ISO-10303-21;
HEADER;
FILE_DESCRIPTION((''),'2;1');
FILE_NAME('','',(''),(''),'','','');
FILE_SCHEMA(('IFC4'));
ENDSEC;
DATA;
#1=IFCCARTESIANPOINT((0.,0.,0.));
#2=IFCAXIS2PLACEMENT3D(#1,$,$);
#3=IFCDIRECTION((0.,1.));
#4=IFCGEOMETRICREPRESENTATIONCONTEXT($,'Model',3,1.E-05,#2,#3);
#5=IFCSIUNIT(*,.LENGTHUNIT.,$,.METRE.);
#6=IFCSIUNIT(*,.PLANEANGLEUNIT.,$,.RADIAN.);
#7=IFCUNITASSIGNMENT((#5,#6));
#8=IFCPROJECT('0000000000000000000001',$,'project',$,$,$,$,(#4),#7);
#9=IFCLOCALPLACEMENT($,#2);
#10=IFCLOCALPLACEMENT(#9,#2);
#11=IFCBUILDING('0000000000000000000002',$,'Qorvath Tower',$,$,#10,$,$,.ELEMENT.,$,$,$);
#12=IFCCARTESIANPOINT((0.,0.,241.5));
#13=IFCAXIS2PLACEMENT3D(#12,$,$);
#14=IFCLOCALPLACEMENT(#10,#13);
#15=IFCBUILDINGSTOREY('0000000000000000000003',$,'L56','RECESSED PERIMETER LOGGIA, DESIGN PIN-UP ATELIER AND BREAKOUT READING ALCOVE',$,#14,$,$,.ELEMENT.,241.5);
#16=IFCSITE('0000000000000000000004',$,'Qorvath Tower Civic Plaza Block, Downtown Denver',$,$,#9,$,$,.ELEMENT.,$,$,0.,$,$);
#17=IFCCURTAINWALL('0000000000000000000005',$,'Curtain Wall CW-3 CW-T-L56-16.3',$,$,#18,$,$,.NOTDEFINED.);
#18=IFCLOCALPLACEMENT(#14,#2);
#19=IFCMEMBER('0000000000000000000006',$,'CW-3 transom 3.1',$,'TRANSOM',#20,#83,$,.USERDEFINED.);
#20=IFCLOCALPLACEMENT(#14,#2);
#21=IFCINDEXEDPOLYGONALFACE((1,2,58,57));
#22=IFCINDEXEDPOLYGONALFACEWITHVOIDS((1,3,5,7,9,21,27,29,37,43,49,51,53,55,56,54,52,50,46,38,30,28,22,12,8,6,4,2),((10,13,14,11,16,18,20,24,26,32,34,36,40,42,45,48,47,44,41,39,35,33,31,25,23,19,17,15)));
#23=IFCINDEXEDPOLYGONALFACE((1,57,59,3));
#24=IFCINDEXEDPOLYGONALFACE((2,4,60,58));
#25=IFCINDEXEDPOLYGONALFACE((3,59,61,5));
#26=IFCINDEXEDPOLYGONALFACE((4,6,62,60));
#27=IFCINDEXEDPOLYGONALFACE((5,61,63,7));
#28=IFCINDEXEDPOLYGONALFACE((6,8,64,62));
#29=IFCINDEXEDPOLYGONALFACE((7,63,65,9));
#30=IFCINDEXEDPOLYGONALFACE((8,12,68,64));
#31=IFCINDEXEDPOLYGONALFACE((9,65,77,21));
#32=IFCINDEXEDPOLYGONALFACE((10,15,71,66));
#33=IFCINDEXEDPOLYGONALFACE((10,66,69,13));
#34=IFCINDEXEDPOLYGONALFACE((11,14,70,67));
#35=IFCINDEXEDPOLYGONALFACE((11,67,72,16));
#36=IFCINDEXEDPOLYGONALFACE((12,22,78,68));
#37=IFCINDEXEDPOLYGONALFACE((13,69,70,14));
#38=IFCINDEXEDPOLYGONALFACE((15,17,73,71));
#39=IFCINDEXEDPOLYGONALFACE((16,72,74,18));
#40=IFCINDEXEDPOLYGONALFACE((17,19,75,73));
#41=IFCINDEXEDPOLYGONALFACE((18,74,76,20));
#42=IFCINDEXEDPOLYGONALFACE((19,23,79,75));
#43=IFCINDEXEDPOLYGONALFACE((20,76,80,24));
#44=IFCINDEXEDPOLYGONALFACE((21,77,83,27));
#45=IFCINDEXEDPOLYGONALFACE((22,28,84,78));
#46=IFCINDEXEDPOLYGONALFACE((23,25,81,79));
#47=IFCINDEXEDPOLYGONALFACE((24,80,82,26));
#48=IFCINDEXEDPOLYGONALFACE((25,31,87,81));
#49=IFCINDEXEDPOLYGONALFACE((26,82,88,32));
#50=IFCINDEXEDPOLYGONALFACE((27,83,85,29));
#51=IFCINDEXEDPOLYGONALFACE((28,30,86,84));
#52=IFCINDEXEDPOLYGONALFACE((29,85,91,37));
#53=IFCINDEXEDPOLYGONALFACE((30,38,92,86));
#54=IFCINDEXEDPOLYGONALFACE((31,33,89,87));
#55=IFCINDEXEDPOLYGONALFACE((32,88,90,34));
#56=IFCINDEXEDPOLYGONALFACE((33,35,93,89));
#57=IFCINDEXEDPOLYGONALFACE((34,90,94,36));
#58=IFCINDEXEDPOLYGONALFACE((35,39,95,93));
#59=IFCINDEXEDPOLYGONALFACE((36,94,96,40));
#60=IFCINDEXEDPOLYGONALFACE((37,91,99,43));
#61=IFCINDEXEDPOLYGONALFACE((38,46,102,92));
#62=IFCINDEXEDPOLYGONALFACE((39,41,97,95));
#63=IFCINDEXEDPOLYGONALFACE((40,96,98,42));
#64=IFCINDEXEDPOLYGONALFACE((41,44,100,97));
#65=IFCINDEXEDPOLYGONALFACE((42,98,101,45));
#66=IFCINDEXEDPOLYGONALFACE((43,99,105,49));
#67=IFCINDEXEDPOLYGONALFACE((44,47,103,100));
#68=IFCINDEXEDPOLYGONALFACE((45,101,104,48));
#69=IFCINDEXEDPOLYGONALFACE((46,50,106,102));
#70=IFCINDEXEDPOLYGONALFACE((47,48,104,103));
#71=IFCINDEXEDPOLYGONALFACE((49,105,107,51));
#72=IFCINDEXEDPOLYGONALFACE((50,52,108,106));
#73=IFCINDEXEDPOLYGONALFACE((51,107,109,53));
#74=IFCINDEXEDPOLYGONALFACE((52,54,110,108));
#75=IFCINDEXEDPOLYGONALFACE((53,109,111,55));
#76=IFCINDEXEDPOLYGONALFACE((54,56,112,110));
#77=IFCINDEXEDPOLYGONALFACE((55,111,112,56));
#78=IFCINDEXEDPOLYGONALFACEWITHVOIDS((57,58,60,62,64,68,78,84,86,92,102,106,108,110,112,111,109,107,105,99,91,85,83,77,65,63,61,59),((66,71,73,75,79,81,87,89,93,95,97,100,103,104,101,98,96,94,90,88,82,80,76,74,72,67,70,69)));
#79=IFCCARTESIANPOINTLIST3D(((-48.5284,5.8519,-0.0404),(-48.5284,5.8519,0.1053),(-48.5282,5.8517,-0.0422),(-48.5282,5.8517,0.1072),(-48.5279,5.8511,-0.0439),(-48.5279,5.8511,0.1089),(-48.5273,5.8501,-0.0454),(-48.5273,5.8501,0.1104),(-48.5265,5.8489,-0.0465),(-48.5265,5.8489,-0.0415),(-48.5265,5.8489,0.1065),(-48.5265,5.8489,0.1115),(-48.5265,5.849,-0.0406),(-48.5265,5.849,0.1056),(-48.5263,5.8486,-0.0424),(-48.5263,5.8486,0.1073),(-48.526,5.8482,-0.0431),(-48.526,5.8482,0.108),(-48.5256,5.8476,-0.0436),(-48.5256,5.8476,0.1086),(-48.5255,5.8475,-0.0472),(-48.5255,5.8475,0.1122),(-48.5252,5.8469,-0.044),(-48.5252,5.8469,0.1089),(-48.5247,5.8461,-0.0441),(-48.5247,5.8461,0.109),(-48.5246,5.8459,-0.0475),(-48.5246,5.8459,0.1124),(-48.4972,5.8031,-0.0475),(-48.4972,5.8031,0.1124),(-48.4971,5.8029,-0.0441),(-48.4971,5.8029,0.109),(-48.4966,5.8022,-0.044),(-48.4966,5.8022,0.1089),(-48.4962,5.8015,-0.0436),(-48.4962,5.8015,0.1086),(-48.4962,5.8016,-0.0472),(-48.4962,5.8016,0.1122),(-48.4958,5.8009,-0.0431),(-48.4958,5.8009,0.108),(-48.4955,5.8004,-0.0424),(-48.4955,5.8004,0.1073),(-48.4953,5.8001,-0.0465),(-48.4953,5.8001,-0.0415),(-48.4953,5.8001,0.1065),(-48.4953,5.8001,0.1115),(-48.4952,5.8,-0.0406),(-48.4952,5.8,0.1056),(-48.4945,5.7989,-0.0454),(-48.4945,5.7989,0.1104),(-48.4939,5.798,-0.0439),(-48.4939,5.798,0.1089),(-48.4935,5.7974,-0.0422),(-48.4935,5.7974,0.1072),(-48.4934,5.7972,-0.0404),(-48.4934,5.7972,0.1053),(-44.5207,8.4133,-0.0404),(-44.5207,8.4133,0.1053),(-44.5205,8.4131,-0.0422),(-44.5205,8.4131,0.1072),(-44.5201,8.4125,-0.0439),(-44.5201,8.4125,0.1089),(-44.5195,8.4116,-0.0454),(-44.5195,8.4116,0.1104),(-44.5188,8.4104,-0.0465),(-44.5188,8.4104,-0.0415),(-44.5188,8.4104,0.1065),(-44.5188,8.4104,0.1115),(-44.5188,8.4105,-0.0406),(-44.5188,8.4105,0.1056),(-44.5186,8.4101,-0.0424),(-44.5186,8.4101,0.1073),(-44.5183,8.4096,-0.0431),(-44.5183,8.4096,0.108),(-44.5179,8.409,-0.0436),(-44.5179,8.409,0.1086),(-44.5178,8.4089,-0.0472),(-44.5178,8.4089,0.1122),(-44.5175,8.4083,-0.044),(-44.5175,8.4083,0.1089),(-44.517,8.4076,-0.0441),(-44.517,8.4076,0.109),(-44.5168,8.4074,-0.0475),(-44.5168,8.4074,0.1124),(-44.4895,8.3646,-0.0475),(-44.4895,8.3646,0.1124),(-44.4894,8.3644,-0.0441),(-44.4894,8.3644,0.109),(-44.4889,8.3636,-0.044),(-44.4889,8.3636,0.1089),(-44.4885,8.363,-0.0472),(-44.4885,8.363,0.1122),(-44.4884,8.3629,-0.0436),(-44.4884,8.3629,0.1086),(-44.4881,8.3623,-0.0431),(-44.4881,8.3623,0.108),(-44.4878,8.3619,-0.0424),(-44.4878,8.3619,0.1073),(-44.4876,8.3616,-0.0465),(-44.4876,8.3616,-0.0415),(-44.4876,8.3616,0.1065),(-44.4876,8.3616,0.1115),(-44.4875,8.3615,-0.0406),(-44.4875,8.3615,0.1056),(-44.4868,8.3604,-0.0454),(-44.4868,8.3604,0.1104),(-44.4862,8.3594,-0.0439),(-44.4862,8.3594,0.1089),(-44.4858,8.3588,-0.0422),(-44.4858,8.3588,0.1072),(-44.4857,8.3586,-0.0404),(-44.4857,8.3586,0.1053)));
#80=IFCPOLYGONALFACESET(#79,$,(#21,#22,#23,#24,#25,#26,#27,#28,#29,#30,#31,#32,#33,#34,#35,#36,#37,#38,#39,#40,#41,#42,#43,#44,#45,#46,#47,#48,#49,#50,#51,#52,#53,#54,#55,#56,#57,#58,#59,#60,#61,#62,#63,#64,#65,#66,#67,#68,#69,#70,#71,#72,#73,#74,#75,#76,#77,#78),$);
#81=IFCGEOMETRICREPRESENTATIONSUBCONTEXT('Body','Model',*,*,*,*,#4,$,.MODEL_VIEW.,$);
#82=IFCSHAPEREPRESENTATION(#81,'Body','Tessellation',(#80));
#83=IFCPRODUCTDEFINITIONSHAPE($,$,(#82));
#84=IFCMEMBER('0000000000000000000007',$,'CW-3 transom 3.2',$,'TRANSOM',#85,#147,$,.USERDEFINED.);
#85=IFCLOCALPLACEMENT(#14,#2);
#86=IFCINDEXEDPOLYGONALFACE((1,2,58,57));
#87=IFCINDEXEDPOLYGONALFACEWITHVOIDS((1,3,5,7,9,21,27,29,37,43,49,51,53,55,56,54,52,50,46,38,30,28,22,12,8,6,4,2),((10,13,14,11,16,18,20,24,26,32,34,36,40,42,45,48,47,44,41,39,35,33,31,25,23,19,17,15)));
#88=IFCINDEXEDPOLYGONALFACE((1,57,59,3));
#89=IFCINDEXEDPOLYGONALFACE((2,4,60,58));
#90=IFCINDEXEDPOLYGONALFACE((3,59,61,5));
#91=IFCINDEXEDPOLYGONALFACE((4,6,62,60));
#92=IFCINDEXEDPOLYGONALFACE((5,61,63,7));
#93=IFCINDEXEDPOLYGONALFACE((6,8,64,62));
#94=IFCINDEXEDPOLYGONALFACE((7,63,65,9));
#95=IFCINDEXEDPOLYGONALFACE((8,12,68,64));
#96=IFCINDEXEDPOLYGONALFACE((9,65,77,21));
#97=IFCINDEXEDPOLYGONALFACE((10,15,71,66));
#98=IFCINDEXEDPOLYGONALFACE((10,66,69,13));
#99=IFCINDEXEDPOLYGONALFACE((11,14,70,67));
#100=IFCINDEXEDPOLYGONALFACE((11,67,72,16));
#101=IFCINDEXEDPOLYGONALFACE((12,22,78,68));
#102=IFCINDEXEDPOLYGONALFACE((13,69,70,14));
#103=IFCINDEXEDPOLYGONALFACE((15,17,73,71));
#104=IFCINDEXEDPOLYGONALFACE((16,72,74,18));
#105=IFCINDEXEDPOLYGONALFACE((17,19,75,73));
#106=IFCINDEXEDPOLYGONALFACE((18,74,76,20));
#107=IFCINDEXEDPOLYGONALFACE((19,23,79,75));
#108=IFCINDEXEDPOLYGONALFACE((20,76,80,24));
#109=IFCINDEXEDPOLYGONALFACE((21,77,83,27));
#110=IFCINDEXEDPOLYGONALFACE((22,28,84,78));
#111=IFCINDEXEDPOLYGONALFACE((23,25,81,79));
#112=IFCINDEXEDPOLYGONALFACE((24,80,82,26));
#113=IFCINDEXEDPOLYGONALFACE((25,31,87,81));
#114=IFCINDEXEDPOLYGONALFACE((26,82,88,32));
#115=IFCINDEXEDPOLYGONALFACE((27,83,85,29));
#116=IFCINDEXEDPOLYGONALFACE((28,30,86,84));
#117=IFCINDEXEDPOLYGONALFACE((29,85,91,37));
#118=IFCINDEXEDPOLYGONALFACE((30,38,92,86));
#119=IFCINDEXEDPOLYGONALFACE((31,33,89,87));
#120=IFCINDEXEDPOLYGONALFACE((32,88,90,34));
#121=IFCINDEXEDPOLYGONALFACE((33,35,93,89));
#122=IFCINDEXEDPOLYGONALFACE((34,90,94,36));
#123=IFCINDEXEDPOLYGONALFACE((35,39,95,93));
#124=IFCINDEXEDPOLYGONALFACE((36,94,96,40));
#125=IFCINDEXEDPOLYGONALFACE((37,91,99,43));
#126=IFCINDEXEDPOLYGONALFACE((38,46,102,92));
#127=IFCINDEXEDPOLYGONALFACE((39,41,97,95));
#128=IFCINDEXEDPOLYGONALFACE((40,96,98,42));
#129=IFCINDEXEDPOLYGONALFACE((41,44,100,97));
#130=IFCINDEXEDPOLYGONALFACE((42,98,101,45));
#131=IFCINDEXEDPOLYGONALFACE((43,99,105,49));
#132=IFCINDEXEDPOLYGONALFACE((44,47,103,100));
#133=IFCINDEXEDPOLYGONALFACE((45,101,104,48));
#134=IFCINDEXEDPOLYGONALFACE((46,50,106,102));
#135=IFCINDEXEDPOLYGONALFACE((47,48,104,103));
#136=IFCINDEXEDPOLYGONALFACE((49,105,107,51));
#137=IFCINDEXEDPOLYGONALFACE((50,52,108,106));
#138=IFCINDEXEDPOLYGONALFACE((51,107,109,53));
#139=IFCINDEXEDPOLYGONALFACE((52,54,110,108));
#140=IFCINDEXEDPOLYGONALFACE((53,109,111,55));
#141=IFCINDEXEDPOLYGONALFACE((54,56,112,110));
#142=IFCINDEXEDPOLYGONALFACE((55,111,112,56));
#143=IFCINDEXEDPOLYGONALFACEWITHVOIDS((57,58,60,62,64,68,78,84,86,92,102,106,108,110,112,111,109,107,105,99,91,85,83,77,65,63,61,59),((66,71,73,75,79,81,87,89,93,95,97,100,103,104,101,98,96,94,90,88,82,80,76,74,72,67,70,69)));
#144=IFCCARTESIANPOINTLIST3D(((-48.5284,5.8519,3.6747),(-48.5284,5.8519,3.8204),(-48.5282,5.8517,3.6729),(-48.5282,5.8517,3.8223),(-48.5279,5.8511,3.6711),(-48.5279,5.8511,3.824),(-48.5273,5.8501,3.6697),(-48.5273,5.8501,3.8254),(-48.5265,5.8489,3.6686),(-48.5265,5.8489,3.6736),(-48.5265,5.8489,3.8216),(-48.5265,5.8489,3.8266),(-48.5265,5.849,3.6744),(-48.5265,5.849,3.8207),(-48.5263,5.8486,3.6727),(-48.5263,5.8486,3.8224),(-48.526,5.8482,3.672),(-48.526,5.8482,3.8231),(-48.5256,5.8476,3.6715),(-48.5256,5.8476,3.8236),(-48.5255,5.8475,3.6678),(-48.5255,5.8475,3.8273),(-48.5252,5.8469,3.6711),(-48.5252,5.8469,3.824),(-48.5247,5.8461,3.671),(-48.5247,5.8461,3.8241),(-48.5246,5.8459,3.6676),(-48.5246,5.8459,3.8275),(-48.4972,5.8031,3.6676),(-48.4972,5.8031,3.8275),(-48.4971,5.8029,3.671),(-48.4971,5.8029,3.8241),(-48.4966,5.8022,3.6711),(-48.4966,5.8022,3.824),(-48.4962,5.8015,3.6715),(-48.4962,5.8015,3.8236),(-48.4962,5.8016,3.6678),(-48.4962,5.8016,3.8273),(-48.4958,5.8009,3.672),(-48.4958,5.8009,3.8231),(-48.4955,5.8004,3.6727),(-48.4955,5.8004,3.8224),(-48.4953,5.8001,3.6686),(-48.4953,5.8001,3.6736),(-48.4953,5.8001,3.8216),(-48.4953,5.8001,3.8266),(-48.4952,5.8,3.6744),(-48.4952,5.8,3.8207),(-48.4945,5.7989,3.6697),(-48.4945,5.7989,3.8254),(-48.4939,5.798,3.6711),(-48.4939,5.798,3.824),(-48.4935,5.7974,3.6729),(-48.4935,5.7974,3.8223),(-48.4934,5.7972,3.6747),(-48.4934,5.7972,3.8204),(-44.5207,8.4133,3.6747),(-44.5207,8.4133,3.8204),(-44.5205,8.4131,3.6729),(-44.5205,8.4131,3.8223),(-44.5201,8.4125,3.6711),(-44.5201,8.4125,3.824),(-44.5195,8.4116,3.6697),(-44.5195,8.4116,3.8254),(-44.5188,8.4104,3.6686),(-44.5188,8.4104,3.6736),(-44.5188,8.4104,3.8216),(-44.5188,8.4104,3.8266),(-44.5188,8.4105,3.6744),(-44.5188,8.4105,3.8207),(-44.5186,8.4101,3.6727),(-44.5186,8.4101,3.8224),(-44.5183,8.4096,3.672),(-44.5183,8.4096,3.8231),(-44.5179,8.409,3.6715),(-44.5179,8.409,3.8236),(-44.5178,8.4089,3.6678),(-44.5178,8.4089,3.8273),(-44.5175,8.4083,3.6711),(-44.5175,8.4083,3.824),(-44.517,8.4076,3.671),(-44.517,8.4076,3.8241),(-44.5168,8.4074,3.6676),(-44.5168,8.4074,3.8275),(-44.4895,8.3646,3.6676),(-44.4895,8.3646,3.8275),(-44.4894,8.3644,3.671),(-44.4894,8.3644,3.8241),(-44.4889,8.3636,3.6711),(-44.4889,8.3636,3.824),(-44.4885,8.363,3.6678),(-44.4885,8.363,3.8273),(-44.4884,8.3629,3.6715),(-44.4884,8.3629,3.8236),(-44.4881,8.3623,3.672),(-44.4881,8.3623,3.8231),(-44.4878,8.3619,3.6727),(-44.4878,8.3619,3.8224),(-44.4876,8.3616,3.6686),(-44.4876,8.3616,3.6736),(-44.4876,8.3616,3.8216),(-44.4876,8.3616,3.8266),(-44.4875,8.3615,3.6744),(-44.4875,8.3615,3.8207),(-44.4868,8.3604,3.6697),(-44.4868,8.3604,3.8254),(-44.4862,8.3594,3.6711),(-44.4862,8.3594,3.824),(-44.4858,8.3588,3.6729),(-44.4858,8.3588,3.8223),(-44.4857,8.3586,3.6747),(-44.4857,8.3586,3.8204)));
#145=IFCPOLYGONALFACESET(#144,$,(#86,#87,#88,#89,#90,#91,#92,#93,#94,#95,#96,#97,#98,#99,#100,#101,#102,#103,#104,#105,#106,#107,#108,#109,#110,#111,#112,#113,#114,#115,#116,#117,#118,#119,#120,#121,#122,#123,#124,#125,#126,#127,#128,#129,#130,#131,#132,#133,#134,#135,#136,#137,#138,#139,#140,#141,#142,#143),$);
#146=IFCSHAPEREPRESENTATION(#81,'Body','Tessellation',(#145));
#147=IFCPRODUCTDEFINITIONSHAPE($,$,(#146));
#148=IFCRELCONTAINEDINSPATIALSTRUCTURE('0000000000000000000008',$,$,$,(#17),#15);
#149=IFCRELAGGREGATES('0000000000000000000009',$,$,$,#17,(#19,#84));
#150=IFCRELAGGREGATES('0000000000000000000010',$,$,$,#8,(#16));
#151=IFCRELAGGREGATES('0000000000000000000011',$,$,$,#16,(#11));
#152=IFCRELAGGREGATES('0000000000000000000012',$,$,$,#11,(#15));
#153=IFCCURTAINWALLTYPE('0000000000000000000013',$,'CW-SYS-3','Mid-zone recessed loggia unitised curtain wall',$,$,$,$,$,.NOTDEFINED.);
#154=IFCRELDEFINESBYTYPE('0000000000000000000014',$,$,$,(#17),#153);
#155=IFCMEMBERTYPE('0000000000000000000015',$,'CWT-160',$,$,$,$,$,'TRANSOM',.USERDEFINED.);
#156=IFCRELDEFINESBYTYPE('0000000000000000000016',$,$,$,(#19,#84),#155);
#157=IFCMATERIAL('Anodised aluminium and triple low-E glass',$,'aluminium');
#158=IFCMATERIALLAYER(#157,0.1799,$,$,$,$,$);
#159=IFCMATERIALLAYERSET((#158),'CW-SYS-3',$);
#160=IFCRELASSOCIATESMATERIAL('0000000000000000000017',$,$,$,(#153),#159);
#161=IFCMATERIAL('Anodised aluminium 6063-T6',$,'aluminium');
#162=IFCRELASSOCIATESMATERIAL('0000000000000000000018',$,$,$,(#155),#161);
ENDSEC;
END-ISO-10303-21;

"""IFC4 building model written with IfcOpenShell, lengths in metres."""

from ifc_helpers import new_model, si_unit, direction, frame, origin, origin_2d, place, context, subcontext, project, spatial, hollow_rectangle, extrude, material, layer, layer_set, material_profile, profile_set, type_object, element, aggregate, save


model = new_model("IFC4")

# Units and contexts
model_context = context("Model", 3, precision=1e-05, world=origin(), true_north=direction((0.0, 1.0)))
body_context = subcontext(model_context, "Body", "Model", "MODEL_VIEW")
ifc_project = project(units=[si_unit("LENGTHUNIT", "METRE"), si_unit("PLANEANGLEUNIT", "RADIAN")], contexts=[model_context])

# Site, building, storey
site_placement = place(None, origin())
site = spatial("IfcSite", under=ifc_project, at=site_placement, Name="Qorvath Tower Civic Plaza Block, Downtown Denver", CompositionType="ELEMENT", RefElevation=0.0)
building_placement = place(site_placement, origin())
building = spatial("IfcBuilding", under=site, at=building_placement, Name="Qorvath Tower", CompositionType="ELEMENT")
storey_placement = place(building_placement, frame((0.0, 0.0, 241.5)))
storey = spatial("IfcBuildingStorey", under=building, at=storey_placement, Name="L56", Description="RECESSED PERIMETER LOGGIA, DESIGN PIN-UP ATELIER AND BREAKOUT READING ALCOVE", CompositionType="ELEMENT", Elevation=241.5)

# Curtain wall, members
ifc_material_1 = material(Name="Anodised aluminium and triple low-E glass", Category="aluminium")
ifc_layer_1 = layer(ifc_material_1, 0.1799)
ifc_layer_set_1 = layer_set([ifc_layer_1], Name="CW-SYS-3")
curtain_wall_type = type_object("IfcCurtainWallType", Name="CW-SYS-3", Description="Mid-zone recessed loggia unitised curtain wall", PredefinedType="NOTDEFINED", material=ifc_layer_set_1)
curtain_wall_placement = place(storey_placement, origin())
curtain_wall = element("IfcCurtainWall", 1, at=curtain_wall_placement, inside=storey, type_object=curtain_wall_type, Name="Curtain Wall CW-3 CW-T-L56-16.3", PredefinedType="NOTDEFINED")
ifc_material_2 = material(Name="Anodised aluminium 6063-T6", Category="aluminium")
ifc_material_profile_1 = material_profile(ifc_material_2, hollow_rectangle(XDim=0.0649, YDim=0.1599, WallThickness=0.0034, InnerFilletRadius=0.0034, OuterFilletRadius=0.0071, at=origin_2d()), Name="CWT 160x65")
ifc_profile_set_1 = profile_set([ifc_material_profile_1], Name="Anodised aluminium 6063-T6")
member_type_1 = type_object("IfcMemberType", Name="CWT-160", ElementType="TRANSOM", PredefinedType="USERDEFINED", material=ifc_profile_set_1)
member_1_placement = place(storey_placement, frame((-44.5032, 8.386, 0.0325), z_axis=(-0.842603, -0.538535, 0.0), x_axis=(0.538535, -0.842603, 0.0)))
member_1 = element("IfcMember", 2, at=member_1_placement, type_object=member_type_1, Name="CW-3 transom 3.1", ObjectType="TRANSOM", PredefinedType="USERDEFINED", context=body_context, shape_type="SweptSolid", body=[
    extrude(hollow_rectangle(XDim=0.0649, YDim=0.1599, WallThickness=0.0034, InnerFilletRadius=0.0034, OuterFilletRadius=0.0071, at=origin_2d()), origin(), (0.0, 0.0, 1.0), 4.7563),
])
member_2_placement = place(storey_placement, frame((-44.5032, 8.386, 3.7476), z_axis=(-0.842603, -0.538535, 0.0), x_axis=(0.538535, -0.842603, 0.0)))
member_2 = element("IfcMember", 3, at=member_2_placement, type_object=member_type_1, Name="CW-3 transom 3.2", ObjectType="TRANSOM", PredefinedType="USERDEFINED", context=body_context, shape_type="SweptSolid", body=[
    extrude(hollow_rectangle(XDim=0.0649, YDim=0.1599, WallThickness=0.0034, InnerFilletRadius=0.0034, OuterFilletRadius=0.0071, at=origin_2d()), origin(), (0.0, 0.0, 1.0), 4.7563),
])
aggregate(curtain_wall, [member_1, member_2])

save(model, "model.ifc")
